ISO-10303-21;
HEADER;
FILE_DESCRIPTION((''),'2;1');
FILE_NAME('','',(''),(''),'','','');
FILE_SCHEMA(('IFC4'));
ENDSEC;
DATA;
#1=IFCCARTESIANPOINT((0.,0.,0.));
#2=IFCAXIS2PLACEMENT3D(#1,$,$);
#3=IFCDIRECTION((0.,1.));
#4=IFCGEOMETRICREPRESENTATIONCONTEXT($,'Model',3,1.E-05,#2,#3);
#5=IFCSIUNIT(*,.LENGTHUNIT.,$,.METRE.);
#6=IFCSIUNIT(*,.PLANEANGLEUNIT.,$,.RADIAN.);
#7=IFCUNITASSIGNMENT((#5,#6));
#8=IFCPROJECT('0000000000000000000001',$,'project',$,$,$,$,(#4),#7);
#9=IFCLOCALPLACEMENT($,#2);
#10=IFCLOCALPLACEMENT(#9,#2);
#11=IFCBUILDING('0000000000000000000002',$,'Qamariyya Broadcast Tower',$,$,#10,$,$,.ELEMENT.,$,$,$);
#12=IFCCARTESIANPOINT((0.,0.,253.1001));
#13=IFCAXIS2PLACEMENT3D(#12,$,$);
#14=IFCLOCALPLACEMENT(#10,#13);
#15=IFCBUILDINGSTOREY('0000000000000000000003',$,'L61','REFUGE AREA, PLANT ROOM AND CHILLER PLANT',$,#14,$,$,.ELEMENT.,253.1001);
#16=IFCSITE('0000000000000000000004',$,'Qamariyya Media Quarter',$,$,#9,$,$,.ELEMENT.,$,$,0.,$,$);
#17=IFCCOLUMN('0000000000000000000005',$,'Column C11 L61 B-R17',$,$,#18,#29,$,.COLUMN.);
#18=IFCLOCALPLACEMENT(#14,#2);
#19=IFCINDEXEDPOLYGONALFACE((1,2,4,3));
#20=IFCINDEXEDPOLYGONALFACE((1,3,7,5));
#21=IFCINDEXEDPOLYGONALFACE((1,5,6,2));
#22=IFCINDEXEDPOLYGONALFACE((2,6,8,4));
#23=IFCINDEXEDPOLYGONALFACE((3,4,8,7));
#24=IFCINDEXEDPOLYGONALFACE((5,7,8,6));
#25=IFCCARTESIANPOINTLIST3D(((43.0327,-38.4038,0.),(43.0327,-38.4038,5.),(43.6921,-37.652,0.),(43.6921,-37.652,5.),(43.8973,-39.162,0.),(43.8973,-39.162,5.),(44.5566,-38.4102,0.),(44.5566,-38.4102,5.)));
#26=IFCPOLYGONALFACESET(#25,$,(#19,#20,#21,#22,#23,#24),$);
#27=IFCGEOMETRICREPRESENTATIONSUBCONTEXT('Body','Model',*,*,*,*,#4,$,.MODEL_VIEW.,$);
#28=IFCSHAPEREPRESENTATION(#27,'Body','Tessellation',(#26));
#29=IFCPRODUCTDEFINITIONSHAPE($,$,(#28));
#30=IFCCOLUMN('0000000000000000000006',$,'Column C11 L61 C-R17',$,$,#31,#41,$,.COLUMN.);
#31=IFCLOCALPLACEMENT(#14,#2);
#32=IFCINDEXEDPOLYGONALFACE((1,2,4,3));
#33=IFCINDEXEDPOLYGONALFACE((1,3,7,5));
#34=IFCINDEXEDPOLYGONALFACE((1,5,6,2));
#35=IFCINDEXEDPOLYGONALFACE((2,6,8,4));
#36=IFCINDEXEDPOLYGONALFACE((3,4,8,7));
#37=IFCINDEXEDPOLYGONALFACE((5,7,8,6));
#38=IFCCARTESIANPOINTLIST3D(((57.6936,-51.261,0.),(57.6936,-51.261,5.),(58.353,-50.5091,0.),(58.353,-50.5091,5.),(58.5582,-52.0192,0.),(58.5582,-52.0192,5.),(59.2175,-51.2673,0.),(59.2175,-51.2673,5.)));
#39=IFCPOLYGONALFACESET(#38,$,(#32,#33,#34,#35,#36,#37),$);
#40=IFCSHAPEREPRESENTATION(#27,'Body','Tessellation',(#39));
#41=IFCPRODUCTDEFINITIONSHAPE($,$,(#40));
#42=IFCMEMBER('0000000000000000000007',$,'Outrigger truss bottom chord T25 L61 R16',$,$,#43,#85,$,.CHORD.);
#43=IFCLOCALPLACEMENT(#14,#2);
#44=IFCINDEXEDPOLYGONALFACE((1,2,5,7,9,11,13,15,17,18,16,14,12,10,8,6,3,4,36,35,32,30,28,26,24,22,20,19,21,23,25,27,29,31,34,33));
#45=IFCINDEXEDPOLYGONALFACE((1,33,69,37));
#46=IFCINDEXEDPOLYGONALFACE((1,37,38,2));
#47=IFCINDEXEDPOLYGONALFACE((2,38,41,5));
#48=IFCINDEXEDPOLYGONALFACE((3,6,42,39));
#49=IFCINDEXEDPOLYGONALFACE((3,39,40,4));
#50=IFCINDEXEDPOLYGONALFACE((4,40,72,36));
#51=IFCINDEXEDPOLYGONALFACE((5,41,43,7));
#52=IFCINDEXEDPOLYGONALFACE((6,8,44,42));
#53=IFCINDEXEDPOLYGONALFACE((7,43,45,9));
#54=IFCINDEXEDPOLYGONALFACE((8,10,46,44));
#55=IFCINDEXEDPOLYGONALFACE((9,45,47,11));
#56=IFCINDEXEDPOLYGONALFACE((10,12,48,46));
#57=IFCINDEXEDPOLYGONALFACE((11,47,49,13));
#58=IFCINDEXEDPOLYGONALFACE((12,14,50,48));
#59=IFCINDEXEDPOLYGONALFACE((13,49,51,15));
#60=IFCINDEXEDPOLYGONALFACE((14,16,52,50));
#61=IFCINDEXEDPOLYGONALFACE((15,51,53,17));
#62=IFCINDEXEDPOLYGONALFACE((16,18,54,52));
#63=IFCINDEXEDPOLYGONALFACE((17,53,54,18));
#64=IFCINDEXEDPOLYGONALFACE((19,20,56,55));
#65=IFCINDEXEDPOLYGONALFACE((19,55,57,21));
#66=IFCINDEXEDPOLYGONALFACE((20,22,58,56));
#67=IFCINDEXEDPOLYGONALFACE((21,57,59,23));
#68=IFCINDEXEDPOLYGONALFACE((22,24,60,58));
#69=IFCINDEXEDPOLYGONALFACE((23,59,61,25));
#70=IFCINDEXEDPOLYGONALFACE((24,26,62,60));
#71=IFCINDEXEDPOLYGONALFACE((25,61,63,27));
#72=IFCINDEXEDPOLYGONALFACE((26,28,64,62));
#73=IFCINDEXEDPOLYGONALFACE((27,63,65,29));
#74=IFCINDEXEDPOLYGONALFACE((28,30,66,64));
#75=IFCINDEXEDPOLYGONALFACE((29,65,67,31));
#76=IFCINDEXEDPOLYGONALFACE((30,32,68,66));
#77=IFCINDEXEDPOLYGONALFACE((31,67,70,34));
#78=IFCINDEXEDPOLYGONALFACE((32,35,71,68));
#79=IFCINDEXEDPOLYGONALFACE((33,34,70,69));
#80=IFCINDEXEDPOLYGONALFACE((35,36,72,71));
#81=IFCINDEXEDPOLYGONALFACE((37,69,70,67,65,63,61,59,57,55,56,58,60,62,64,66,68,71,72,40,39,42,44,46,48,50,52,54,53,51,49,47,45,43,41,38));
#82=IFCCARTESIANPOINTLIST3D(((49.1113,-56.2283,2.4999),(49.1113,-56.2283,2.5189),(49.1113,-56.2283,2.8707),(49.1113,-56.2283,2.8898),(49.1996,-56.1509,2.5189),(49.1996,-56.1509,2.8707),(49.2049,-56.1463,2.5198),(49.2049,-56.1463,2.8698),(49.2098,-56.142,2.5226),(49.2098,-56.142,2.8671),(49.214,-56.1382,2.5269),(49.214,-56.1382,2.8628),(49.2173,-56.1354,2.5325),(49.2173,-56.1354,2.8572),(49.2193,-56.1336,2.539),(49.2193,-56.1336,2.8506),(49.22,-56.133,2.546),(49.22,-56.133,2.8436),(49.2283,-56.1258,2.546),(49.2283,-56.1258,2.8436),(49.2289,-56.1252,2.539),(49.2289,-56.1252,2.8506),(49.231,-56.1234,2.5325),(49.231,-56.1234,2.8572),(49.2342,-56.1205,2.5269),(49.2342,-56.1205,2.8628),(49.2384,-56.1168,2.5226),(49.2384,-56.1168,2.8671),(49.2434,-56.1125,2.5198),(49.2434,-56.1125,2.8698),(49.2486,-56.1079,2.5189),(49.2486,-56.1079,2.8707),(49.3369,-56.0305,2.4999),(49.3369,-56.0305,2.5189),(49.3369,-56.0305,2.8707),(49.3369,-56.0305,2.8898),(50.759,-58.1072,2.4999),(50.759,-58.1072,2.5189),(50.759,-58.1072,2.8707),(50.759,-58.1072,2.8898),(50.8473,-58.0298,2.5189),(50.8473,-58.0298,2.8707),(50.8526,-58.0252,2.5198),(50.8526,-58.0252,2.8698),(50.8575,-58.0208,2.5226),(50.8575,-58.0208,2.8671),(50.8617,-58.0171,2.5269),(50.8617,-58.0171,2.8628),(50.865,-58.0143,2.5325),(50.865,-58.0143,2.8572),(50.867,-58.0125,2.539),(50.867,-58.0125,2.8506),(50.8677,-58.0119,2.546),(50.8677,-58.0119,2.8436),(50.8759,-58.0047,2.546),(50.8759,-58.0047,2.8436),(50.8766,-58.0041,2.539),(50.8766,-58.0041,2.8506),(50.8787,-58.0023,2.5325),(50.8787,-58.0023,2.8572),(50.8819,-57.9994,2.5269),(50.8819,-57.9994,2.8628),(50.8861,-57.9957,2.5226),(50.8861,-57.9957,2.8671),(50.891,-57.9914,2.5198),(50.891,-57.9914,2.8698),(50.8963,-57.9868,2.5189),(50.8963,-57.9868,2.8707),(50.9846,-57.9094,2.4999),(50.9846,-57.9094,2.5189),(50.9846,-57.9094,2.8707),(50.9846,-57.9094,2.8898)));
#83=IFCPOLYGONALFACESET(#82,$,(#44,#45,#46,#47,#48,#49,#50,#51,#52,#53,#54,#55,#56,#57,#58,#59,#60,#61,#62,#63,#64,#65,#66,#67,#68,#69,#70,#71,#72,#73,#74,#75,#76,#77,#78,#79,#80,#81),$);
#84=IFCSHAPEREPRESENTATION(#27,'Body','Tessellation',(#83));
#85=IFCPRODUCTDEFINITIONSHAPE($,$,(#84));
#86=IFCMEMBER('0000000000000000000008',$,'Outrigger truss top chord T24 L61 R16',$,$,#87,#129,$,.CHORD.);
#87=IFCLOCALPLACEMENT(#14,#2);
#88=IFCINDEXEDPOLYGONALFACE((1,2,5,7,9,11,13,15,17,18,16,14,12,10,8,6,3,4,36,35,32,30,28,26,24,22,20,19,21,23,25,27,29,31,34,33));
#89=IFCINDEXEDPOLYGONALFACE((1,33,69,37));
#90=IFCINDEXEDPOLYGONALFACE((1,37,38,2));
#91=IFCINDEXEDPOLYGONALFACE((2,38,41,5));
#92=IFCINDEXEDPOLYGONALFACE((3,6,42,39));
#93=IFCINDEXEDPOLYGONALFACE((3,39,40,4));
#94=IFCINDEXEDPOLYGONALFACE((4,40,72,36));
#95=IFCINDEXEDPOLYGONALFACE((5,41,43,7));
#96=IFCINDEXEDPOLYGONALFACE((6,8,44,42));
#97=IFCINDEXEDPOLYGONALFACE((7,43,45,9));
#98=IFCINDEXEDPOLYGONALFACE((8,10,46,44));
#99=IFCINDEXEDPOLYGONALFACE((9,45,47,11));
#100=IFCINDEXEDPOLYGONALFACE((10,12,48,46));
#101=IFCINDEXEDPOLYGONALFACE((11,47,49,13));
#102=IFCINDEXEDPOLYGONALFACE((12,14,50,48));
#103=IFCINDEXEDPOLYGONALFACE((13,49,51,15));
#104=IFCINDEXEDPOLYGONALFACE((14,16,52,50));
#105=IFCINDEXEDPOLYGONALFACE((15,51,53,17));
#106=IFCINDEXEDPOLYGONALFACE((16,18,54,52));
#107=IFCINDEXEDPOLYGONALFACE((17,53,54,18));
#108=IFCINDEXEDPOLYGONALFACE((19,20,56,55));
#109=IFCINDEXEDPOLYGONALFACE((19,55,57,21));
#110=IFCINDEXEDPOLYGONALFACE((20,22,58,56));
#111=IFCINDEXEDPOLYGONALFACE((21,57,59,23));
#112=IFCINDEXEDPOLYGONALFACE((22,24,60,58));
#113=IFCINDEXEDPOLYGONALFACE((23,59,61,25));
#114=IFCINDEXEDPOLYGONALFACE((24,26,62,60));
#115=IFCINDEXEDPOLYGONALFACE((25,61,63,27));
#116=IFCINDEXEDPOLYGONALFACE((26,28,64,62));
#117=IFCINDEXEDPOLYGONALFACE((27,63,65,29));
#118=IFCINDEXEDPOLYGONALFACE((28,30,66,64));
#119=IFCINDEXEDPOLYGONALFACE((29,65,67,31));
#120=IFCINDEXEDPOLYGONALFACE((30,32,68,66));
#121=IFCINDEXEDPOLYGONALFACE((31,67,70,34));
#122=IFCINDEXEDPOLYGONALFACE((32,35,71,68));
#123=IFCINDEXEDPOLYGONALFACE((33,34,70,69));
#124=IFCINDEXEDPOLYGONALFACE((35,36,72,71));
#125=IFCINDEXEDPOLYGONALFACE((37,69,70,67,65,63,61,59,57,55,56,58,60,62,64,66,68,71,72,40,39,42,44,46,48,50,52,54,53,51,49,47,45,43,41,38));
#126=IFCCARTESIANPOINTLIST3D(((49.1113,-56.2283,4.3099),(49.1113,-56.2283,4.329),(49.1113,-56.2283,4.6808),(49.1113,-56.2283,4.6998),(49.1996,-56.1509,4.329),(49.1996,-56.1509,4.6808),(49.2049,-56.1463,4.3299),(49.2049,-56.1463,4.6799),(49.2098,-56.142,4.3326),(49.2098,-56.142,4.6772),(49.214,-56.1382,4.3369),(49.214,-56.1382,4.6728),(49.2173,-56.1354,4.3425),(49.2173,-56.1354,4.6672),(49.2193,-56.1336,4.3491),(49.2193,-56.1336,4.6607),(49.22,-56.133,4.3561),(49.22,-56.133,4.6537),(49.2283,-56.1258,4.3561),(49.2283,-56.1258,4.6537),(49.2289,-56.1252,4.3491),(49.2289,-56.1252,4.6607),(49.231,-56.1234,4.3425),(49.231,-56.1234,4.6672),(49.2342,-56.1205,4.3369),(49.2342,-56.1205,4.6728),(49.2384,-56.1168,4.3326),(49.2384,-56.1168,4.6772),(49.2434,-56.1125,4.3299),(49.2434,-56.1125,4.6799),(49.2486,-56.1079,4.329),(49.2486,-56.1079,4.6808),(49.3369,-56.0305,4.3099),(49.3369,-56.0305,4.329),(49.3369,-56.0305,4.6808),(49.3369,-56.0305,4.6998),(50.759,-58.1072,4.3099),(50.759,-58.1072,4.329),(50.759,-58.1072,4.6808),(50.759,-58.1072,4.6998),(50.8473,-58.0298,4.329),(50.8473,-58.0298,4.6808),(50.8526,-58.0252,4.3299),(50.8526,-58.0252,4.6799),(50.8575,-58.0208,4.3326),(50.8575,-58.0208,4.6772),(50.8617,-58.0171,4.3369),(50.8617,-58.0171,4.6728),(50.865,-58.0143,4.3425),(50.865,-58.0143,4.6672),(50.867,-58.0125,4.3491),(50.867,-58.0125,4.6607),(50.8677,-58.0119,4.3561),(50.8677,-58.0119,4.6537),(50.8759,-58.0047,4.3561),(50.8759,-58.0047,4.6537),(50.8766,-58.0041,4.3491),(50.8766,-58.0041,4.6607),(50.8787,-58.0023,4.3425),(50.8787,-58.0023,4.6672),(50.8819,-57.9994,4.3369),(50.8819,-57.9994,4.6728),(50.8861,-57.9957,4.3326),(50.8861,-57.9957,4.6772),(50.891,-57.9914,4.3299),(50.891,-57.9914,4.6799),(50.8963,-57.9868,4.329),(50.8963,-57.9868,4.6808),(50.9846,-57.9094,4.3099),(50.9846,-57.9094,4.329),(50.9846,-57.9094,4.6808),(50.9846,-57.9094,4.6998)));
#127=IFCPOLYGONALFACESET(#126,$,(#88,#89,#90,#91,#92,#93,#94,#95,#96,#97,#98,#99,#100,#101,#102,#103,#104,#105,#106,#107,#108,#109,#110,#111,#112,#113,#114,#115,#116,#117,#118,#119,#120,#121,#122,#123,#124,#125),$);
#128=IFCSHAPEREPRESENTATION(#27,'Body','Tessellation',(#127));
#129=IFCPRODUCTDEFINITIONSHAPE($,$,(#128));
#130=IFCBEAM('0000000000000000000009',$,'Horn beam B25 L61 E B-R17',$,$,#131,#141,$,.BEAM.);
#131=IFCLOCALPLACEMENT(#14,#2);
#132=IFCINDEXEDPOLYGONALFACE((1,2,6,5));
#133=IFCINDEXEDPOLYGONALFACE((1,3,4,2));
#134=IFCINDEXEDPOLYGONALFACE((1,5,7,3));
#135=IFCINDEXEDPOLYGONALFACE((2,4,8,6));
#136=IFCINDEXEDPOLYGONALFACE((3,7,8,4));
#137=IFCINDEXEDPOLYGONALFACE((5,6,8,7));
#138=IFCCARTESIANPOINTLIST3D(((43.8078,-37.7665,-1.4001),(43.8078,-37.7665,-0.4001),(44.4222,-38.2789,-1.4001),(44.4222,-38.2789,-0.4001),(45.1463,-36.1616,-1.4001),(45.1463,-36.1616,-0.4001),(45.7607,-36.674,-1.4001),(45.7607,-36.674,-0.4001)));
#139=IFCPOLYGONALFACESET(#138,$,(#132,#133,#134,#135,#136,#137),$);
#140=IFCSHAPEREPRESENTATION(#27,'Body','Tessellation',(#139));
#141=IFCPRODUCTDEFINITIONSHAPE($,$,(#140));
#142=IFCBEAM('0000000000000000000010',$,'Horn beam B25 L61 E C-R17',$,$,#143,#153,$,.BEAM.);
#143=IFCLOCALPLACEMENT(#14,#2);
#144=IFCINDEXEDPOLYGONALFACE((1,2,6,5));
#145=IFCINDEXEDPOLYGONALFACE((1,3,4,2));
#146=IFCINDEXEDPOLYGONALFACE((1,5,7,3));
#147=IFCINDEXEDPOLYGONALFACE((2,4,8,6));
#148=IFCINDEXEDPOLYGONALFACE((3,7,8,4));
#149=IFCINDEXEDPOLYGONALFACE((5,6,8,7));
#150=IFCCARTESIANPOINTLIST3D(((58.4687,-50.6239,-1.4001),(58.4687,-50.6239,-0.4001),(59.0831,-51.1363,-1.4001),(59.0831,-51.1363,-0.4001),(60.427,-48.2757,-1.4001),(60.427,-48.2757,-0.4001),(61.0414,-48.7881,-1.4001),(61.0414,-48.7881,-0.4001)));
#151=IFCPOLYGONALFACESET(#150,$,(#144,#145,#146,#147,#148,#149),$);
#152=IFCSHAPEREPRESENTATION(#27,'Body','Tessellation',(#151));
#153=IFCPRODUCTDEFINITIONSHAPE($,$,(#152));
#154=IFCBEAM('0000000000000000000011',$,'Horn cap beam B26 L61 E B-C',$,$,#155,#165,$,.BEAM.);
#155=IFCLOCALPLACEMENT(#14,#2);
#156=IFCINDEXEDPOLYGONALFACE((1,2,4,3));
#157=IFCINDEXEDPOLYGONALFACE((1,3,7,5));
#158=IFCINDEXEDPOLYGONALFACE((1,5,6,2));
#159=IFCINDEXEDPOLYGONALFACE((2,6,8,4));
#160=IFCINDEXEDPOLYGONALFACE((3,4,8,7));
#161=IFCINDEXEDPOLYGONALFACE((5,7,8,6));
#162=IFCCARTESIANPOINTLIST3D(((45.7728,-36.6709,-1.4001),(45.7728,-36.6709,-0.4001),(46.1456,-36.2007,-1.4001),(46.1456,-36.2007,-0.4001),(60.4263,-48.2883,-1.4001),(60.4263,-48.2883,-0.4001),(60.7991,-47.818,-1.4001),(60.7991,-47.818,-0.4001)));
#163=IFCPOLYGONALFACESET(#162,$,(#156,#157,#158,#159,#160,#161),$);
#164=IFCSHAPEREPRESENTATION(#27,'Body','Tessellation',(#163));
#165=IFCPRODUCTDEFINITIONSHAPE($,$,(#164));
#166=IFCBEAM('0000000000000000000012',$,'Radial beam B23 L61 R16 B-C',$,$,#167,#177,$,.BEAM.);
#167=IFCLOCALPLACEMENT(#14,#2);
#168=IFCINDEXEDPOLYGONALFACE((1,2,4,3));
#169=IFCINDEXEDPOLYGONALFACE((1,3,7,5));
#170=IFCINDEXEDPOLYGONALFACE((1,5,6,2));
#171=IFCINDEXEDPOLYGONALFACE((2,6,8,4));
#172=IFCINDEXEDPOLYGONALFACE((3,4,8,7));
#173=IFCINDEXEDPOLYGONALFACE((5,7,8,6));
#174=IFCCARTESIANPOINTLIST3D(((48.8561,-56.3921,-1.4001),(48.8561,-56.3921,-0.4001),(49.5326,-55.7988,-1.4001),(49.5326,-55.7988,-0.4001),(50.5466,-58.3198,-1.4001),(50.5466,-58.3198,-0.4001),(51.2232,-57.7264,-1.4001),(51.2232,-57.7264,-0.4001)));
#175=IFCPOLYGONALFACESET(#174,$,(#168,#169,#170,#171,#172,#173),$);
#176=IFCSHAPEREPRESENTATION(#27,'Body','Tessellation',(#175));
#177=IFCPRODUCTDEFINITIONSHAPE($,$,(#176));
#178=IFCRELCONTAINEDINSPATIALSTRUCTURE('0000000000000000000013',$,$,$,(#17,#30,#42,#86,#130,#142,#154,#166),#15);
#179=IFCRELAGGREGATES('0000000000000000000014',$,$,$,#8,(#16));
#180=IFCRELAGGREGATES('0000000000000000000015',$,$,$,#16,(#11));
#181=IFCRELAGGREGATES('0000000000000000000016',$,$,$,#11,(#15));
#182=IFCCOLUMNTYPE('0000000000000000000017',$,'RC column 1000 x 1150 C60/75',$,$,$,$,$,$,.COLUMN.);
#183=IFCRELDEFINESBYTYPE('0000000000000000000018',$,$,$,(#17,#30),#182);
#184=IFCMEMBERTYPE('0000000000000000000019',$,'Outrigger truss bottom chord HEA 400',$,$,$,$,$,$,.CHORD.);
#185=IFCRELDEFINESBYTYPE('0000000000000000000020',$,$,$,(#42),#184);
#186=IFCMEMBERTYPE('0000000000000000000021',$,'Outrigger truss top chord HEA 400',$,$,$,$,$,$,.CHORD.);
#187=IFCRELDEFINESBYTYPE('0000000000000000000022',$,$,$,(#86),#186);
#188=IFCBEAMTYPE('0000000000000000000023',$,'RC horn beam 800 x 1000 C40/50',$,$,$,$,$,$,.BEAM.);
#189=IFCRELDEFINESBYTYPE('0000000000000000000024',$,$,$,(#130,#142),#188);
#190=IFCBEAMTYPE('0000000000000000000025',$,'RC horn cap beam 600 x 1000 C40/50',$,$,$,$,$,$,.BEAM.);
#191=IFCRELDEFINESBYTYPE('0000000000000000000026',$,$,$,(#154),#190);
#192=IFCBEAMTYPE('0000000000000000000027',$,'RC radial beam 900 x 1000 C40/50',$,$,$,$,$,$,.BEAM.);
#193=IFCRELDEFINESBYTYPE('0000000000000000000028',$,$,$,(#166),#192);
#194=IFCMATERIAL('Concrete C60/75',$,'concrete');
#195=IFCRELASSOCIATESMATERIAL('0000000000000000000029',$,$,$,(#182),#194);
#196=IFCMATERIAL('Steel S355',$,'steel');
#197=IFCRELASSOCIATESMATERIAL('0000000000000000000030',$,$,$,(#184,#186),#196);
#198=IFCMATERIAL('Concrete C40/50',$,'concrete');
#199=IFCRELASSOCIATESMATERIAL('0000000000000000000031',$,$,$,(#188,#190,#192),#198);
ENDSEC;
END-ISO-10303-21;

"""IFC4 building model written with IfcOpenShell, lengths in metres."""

from ifc_helpers import new_model, si_unit, direction, frame, origin, origin_2d, place, context, subcontext, project, spatial, rectangle, i_section, extrude, material, material_profile, profile_set, type_object, element, save


model = new_model("IFC4")

# Units and contexts
model_context = context("Model", 3, precision=1e-05, world=origin(), true_north=direction((0.0, 1.0)))
body_context = subcontext(model_context, "Body", "Model", "MODEL_VIEW")
ifc_project = project(units=[si_unit("LENGTHUNIT", "METRE"), si_unit("PLANEANGLEUNIT", "RADIAN")], contexts=[model_context])

# Site, building, storey
site_placement = place(None, origin())
site = spatial("IfcSite", under=ifc_project, at=site_placement, Name="Qamariyya Media Quarter", CompositionType="ELEMENT", RefElevation=0.0)
building_placement = place(site_placement, origin())
building = spatial("IfcBuilding", under=site, at=building_placement, Name="Qamariyya Broadcast Tower", CompositionType="ELEMENT")
storey_placement = place(building_placement, frame((0.0, 0.0, 253.1001)))
storey = spatial("IfcBuildingStorey", under=building, at=storey_placement, Name="L61", Description="REFUGE AREA, PLANT ROOM AND CHILLER PLANT", CompositionType="ELEMENT", Elevation=253.1001)

# Columns
ifc_material_1 = material(Name="Concrete C60/75", Category="concrete")
ifc_material_profile_1 = material_profile(ifc_material_1, rectangle(XDim=1.0, YDim=1.1499, at=origin_2d()))
ifc_profile_set_1 = profile_set([ifc_material_profile_1], Name="Concrete C60/75")
column_type = type_object("IfcColumnType", Name="RC column 1000 x 1150 C60/75", PredefinedType="COLUMN", material=ifc_profile_set_1)
for number, where, z_axis, x_axis, name in (
    (1, (43.7947, -38.407, 0.0), (0.0, 0.0, 1.0), (0.659346, 0.75184, 0.0), "Column C11 L61 B-R17"),
    (2, (58.4556, -51.2642, 0.0), (0.0, 0.0, 1.0), (0.659346, 0.75184, 0.0), "Column C11 L61 C-R17"),
):
    element("IfcColumn", number, at=place(storey_placement, frame(where, z_axis=z_axis, x_axis=x_axis)), inside=storey, type_object=column_type, Name=name, PredefinedType="COLUMN", context=body_context, shape_type="SweptSolid", body=[
        extrude(rectangle(XDim=1.0, YDim=1.1499, at=origin_2d()), origin(), (0.0, 0.0, 1.0), 5.0),
    ])

# Members
ifc_material_2 = material(Name="Steel S355", Category="steel")
ifc_material_profile_2 = material_profile(ifc_material_2, i_section(OverallWidth=0.3, OverallDepth=0.3899, WebThickness=0.011, FlangeThickness=0.019, FilletRadius=0.0271, at=origin_2d()))
ifc_profile_set_2 = profile_set([ifc_material_profile_2], Name="Steel S355")
member_type_1 = type_object("IfcMemberType", Name="Outrigger truss bottom chord HEA 400", PredefinedType="CHORD", material=ifc_profile_set_2)
member_1_placement = place(storey_placement, frame((49.2241, -56.1294, 2.6948), z_axis=(0.659334, -0.75185, 0.0), x_axis=(0.75185, 0.659334, 0.0)))
element("IfcMember", 3, at=member_1_placement, inside=storey, type_object=member_type_1, Name="Outrigger truss bottom chord T25 L61 R16", PredefinedType="CHORD", context=body_context, shape_type="SweptSolid", body=[
    extrude(i_section(OverallWidth=0.3, OverallDepth=0.3899, WebThickness=0.011, FlangeThickness=0.019, FilletRadius=0.0271, at=origin_2d()), origin(), (0.0, 0.0, 1.0), 2.499),
])
ifc_material_profile_3 = material_profile(ifc_material_2, i_section(OverallWidth=0.3, OverallDepth=0.3899, WebThickness=0.011, FlangeThickness=0.019, FilletRadius=0.0271, at=origin_2d()))
ifc_profile_set_3 = profile_set([ifc_material_profile_3], Name="Steel S355")
member_type_2 = type_object("IfcMemberType", Name="Outrigger truss top chord HEA 400", PredefinedType="CHORD", material=ifc_profile_set_3)
member_2_placement = place(storey_placement, frame((49.2241, -56.1294, 4.5049), z_axis=(0.659334, -0.75185, 0.0), x_axis=(0.75185, 0.659334, 0.0)))
element("IfcMember", 4, at=member_2_placement, inside=storey, type_object=member_type_2, Name="Outrigger truss top chord T24 L61 R16", PredefinedType="CHORD", context=body_context, shape_type="SweptSolid", body=[
    extrude(i_section(OverallWidth=0.3, OverallDepth=0.3899, WebThickness=0.011, FlangeThickness=0.019, FilletRadius=0.0271, at=origin_2d()), origin(), (0.0, 0.0, 1.0), 2.499),
])

# Beams
ifc_material_3 = material(Name="Concrete C40/50", Category="concrete")
ifc_material_profile_4 = material_profile(ifc_material_3, rectangle(XDim=0.8, YDim=1.0, at=origin_2d()))
ifc_profile_set_4 = profile_set([ifc_material_profile_4], Name="Concrete C40/50")
beam_type_1 = type_object("IfcBeamType", Name="RC horn beam 800 x 1000 C40/50", PredefinedType="BEAM", material=ifc_profile_set_4)
beam_1_placement = place(storey_placement, frame((44.115, -38.0227, -0.9001), z_axis=(0.640506, 0.767953, 0.0), x_axis=(-0.767953, 0.640506, 0.0)))
element("IfcBeam", 5, at=beam_1_placement, inside=storey, type_object=beam_type_1, Name="Horn beam B25 L61 E B-R17", PredefinedType="BEAM", context=body_context, shape_type="SweptSolid", body=[
    extrude(rectangle(XDim=0.8, YDim=1.0, at=origin_2d()), origin(), (0.0, 0.0, 1.0), 2.0898),
])
beam_2_placement = place(storey_placement, frame((58.7759, -50.8801, -0.9001), z_axis=(0.640467, 0.767986, 0.0), x_axis=(-0.767986, 0.640467, 0.0)))
element("IfcBeam", 6, at=beam_2_placement, inside=storey, type_object=beam_type_1, Name="Horn beam B25 L61 E C-R17", PredefinedType="BEAM", context=body_context, shape_type="SweptSolid", body=[
    extrude(rectangle(XDim=0.8, YDim=1.0, at=origin_2d()), origin(), (0.0, 0.0, 1.0), 3.0576),
])
ifc_material_profile_5 = material_profile(ifc_material_3, rectangle(XDim=0.6001, YDim=1.0, at=origin_2d()))
ifc_profile_set_5 = profile_set([ifc_material_profile_5], Name="Concrete C40/50")
beam_type_2 = type_object("IfcBeamType", Name="RC horn cap beam 600 x 1000 C40/50", PredefinedType="BEAM", material=ifc_profile_set_5)
beam_3_placement = place(storey_placement, frame((45.9592, -36.4358, -0.9001), z_axis=(0.783611, -0.621252, 0.0), x_axis=(0.621252, 0.783611, 0.0)))
element("IfcBeam", 7, at=beam_3_placement, inside=storey, type_object=beam_type_2, Name="Horn cap beam B26 L61 E B-C", PredefinedType="BEAM", context=body_context, shape_type="SweptSolid", body=[
    extrude(rectangle(XDim=0.6001, YDim=1.0, at=origin_2d()), origin(), (0.0, 0.0, 1.0), 18.7),
])
ifc_material_profile_6 = material_profile(ifc_material_3, rectangle(XDim=0.8999, YDim=1.0, at=origin_2d()))
ifc_profile_set_6 = profile_set([ifc_material_profile_6], Name="Concrete C40/50")
beam_type_3 = type_object("IfcBeamType", Name="RC radial beam 900 x 1000 C40/50", PredefinedType="BEAM", material=ifc_profile_set_6)
beam_4_placement = place(storey_placement, frame((49.1943, -56.0955, -0.9001), z_axis=(0.659367, -0.751821, 0.0), x_axis=(0.751821, 0.659367, 0.0)))
element("IfcBeam", 8, at=beam_4_placement, inside=storey, type_object=beam_type_3, Name="Radial beam B23 L61 R16 B-C", PredefinedType="BEAM", context=body_context, shape_type="SweptSolid", body=[
    extrude(rectangle(XDim=0.8999, YDim=1.0, at=origin_2d()), origin(), (0.0, 0.0, 1.0), 2.564),
])

save(model, "model.ifc")
